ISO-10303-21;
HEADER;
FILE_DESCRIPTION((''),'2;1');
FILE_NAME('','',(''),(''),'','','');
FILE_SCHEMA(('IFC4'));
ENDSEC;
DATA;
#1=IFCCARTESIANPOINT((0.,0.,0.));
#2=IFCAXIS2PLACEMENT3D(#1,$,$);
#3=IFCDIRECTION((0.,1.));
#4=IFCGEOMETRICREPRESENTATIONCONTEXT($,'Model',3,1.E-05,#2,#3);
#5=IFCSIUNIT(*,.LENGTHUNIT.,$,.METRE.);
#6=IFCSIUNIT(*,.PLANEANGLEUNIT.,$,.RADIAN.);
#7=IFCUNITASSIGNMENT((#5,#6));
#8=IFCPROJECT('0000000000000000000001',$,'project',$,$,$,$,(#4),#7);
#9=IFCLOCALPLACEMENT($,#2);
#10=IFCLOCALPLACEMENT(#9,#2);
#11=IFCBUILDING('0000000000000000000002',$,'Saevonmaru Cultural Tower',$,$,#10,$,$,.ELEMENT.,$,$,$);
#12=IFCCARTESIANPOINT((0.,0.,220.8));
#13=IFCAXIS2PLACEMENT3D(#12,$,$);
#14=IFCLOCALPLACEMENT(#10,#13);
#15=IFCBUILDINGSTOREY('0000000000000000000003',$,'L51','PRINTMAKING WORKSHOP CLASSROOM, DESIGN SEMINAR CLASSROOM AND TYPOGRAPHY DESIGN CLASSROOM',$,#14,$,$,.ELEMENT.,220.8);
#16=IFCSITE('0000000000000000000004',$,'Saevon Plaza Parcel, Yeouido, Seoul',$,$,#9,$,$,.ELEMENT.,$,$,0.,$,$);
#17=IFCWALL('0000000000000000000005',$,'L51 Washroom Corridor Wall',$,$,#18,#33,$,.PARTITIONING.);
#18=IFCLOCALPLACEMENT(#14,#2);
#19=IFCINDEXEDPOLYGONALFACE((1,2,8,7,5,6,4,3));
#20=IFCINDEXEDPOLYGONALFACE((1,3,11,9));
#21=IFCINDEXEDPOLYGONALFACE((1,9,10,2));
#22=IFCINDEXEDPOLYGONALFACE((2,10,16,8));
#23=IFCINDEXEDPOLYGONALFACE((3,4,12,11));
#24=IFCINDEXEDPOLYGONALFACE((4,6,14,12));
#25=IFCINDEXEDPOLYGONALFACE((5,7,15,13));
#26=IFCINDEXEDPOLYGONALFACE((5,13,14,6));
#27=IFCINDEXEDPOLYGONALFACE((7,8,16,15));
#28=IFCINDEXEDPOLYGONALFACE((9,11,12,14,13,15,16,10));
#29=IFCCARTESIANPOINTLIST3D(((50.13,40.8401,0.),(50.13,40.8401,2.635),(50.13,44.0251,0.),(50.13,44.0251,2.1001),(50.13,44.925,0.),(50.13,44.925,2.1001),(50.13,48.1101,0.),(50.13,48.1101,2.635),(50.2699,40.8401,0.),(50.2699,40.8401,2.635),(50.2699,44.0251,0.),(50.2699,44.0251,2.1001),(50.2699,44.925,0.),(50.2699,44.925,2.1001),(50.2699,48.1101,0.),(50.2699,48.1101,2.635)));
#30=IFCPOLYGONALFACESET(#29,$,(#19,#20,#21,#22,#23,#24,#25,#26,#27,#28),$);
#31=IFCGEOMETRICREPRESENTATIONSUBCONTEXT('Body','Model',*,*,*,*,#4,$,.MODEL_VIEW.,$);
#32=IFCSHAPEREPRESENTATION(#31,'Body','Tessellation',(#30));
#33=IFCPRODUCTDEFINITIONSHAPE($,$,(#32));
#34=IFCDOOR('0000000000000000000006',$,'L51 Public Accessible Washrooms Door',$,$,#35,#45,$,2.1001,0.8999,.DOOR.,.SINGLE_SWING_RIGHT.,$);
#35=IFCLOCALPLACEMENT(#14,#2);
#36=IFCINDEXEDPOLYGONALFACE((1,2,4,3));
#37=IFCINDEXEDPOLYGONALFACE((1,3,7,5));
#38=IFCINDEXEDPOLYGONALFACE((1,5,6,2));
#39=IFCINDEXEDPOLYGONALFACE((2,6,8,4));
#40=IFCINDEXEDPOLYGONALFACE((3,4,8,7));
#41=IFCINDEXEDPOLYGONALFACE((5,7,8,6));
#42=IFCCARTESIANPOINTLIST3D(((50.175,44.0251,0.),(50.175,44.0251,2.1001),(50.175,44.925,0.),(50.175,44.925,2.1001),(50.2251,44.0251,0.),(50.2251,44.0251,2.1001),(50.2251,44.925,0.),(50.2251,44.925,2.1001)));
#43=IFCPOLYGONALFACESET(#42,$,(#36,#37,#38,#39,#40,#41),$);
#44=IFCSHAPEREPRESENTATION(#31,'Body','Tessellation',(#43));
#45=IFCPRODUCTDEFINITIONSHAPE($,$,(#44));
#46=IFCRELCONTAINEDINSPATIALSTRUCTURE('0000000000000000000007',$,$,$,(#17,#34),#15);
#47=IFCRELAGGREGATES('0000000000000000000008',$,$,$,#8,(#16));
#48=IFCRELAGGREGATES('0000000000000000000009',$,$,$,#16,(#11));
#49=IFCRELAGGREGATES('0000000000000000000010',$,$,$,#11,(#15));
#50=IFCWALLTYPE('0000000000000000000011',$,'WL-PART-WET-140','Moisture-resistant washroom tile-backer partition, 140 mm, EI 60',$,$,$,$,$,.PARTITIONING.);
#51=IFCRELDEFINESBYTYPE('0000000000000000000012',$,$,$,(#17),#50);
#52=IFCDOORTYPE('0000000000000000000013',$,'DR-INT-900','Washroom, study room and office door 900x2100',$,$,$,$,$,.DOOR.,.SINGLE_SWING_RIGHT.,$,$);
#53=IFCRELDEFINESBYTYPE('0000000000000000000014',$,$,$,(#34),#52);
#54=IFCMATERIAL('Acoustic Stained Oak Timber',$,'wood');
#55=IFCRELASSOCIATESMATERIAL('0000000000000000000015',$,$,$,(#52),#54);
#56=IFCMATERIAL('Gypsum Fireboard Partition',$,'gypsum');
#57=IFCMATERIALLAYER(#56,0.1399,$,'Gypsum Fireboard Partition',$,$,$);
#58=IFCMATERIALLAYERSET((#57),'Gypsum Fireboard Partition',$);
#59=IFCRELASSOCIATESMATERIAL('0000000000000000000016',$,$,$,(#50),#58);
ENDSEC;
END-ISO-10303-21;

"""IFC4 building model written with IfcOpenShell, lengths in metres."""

from ifc_helpers import new_model, si_unit, direction, frame, frame_2d, origin, place, context, subcontext, project, spatial, rectangle, extrude, material, layer, layer_set, type_object, element, fill, save


model = new_model("IFC4")

# Units and contexts
model_context = context("Model", 3, precision=1e-05, world=origin(), true_north=direction((0.0, 1.0)))
body_context = subcontext(model_context, "Body", "Model", "MODEL_VIEW")
ifc_project = project(units=[si_unit("LENGTHUNIT", "METRE"), si_unit("PLANEANGLEUNIT", "RADIAN")], contexts=[model_context])

# Site, building, storey
site_placement = place(None, origin())
site = spatial("IfcSite", under=ifc_project, at=site_placement, Name="Saevon Plaza Parcel, Yeouido, Seoul", CompositionType="ELEMENT", RefElevation=0.0)
building_placement = place(site_placement, origin())
building = spatial("IfcBuilding", under=site, at=building_placement, Name="Saevonmaru Cultural Tower", CompositionType="ELEMENT")
storey_placement = place(building_placement, frame((0.0, 0.0, 220.8)))
storey = spatial("IfcBuildingStorey", under=building, at=storey_placement, Name="L51", Description="PRINTMAKING WORKSHOP CLASSROOM, DESIGN SEMINAR CLASSROOM AND TYPOGRAPHY DESIGN CLASSROOM", CompositionType="ELEMENT", Elevation=220.8)

# Shared definitions
ifc_material_1 = material(Name="Gypsum Fireboard Partition", Category="gypsum")

# Shared definitions
ifc_material_2 = material(Name="Acoustic Stained Oak Timber", Category="wood")
door_type_1 = type_object("IfcDoorType", Name="DR-INT-900", Description="Washroom, study room and office door 900x2100", OperationType="SINGLE_SWING_RIGHT", PredefinedType="DOOR", material=ifc_material_2)

# Shared definitions
ifc_layer_1 = layer(ifc_material_1, 0.1399, Name="Gypsum Fireboard Partition")
ifc_layer_set_1 = layer_set([ifc_layer_1], Name="Gypsum Fireboard Partition")
wall_type_1 = type_object("IfcWallType", Name="WL-PART-WET-140", Description="Moisture-resistant washroom tile-backer partition, 140 mm, EI 60", PredefinedType="PARTITIONING", material=ifc_layer_set_1)

# Wall, opening, door
wall_1_placement = place(storey_placement, frame((50.2, 40.8401, 0.0), z_axis=(0.0, 0.0, 1.0), x_axis=(0.0, 1.0, 0.0)))
wall_1 = element("IfcWall", 1, at=wall_1_placement, inside=storey, type_object=wall_type_1, Name="L51 Washroom Corridor Wall", PredefinedType="PARTITIONING", context=body_context, shape_type="SweptSolid", body=[
    extrude(rectangle(XDim=7.27, YDim=0.1399, at=frame_2d((3.635, 0.0))), origin(), (0.0, 0.0, 1.0), 2.635),
])
opening_1_placement = place(wall_1_placement, frame((3.1851, 0.0, 0.0)))
opening_1 = element("IfcOpeningElement", 2, at=opening_1_placement, cuts=wall_1, PredefinedType="OPENING", context=body_context, shape_type="SweptSolid", body=[
    extrude(rectangle(XDim=0.8999, YDim=2.1001, at=frame_2d((0.45, 1.05))), frame((0.0, 0.0801, 0.0), z_axis=(0.0, -1.0, 0.0), x_axis=(1.0, 0.0, 0.0)), (0.0, 0.0, 1.0), 0.1599),
])
door_1_placement = place(opening_1_placement, origin())
door_1 = element("IfcDoor", 3, at=door_1_placement, inside=storey, type_object=door_type_1, Name="L51 Public Accessible Washrooms Door", OperationType="SINGLE_SWING_RIGHT", OverallHeight=2.1001, OverallWidth=0.8999, PredefinedType="DOOR", context=body_context, shape_type="SweptSolid", body=[
    extrude(rectangle(XDim=0.8999, YDim=2.1001, at=frame_2d((0.45, 1.05))), frame((0.0, 0.0249, 0.0), z_axis=(0.0, -1.0, 0.0), x_axis=(1.0, 0.0, 0.0)), (0.0, 0.0, 1.0), 0.05),
])
fill(opening_1, door_1)

save(model, "model.ifc")
